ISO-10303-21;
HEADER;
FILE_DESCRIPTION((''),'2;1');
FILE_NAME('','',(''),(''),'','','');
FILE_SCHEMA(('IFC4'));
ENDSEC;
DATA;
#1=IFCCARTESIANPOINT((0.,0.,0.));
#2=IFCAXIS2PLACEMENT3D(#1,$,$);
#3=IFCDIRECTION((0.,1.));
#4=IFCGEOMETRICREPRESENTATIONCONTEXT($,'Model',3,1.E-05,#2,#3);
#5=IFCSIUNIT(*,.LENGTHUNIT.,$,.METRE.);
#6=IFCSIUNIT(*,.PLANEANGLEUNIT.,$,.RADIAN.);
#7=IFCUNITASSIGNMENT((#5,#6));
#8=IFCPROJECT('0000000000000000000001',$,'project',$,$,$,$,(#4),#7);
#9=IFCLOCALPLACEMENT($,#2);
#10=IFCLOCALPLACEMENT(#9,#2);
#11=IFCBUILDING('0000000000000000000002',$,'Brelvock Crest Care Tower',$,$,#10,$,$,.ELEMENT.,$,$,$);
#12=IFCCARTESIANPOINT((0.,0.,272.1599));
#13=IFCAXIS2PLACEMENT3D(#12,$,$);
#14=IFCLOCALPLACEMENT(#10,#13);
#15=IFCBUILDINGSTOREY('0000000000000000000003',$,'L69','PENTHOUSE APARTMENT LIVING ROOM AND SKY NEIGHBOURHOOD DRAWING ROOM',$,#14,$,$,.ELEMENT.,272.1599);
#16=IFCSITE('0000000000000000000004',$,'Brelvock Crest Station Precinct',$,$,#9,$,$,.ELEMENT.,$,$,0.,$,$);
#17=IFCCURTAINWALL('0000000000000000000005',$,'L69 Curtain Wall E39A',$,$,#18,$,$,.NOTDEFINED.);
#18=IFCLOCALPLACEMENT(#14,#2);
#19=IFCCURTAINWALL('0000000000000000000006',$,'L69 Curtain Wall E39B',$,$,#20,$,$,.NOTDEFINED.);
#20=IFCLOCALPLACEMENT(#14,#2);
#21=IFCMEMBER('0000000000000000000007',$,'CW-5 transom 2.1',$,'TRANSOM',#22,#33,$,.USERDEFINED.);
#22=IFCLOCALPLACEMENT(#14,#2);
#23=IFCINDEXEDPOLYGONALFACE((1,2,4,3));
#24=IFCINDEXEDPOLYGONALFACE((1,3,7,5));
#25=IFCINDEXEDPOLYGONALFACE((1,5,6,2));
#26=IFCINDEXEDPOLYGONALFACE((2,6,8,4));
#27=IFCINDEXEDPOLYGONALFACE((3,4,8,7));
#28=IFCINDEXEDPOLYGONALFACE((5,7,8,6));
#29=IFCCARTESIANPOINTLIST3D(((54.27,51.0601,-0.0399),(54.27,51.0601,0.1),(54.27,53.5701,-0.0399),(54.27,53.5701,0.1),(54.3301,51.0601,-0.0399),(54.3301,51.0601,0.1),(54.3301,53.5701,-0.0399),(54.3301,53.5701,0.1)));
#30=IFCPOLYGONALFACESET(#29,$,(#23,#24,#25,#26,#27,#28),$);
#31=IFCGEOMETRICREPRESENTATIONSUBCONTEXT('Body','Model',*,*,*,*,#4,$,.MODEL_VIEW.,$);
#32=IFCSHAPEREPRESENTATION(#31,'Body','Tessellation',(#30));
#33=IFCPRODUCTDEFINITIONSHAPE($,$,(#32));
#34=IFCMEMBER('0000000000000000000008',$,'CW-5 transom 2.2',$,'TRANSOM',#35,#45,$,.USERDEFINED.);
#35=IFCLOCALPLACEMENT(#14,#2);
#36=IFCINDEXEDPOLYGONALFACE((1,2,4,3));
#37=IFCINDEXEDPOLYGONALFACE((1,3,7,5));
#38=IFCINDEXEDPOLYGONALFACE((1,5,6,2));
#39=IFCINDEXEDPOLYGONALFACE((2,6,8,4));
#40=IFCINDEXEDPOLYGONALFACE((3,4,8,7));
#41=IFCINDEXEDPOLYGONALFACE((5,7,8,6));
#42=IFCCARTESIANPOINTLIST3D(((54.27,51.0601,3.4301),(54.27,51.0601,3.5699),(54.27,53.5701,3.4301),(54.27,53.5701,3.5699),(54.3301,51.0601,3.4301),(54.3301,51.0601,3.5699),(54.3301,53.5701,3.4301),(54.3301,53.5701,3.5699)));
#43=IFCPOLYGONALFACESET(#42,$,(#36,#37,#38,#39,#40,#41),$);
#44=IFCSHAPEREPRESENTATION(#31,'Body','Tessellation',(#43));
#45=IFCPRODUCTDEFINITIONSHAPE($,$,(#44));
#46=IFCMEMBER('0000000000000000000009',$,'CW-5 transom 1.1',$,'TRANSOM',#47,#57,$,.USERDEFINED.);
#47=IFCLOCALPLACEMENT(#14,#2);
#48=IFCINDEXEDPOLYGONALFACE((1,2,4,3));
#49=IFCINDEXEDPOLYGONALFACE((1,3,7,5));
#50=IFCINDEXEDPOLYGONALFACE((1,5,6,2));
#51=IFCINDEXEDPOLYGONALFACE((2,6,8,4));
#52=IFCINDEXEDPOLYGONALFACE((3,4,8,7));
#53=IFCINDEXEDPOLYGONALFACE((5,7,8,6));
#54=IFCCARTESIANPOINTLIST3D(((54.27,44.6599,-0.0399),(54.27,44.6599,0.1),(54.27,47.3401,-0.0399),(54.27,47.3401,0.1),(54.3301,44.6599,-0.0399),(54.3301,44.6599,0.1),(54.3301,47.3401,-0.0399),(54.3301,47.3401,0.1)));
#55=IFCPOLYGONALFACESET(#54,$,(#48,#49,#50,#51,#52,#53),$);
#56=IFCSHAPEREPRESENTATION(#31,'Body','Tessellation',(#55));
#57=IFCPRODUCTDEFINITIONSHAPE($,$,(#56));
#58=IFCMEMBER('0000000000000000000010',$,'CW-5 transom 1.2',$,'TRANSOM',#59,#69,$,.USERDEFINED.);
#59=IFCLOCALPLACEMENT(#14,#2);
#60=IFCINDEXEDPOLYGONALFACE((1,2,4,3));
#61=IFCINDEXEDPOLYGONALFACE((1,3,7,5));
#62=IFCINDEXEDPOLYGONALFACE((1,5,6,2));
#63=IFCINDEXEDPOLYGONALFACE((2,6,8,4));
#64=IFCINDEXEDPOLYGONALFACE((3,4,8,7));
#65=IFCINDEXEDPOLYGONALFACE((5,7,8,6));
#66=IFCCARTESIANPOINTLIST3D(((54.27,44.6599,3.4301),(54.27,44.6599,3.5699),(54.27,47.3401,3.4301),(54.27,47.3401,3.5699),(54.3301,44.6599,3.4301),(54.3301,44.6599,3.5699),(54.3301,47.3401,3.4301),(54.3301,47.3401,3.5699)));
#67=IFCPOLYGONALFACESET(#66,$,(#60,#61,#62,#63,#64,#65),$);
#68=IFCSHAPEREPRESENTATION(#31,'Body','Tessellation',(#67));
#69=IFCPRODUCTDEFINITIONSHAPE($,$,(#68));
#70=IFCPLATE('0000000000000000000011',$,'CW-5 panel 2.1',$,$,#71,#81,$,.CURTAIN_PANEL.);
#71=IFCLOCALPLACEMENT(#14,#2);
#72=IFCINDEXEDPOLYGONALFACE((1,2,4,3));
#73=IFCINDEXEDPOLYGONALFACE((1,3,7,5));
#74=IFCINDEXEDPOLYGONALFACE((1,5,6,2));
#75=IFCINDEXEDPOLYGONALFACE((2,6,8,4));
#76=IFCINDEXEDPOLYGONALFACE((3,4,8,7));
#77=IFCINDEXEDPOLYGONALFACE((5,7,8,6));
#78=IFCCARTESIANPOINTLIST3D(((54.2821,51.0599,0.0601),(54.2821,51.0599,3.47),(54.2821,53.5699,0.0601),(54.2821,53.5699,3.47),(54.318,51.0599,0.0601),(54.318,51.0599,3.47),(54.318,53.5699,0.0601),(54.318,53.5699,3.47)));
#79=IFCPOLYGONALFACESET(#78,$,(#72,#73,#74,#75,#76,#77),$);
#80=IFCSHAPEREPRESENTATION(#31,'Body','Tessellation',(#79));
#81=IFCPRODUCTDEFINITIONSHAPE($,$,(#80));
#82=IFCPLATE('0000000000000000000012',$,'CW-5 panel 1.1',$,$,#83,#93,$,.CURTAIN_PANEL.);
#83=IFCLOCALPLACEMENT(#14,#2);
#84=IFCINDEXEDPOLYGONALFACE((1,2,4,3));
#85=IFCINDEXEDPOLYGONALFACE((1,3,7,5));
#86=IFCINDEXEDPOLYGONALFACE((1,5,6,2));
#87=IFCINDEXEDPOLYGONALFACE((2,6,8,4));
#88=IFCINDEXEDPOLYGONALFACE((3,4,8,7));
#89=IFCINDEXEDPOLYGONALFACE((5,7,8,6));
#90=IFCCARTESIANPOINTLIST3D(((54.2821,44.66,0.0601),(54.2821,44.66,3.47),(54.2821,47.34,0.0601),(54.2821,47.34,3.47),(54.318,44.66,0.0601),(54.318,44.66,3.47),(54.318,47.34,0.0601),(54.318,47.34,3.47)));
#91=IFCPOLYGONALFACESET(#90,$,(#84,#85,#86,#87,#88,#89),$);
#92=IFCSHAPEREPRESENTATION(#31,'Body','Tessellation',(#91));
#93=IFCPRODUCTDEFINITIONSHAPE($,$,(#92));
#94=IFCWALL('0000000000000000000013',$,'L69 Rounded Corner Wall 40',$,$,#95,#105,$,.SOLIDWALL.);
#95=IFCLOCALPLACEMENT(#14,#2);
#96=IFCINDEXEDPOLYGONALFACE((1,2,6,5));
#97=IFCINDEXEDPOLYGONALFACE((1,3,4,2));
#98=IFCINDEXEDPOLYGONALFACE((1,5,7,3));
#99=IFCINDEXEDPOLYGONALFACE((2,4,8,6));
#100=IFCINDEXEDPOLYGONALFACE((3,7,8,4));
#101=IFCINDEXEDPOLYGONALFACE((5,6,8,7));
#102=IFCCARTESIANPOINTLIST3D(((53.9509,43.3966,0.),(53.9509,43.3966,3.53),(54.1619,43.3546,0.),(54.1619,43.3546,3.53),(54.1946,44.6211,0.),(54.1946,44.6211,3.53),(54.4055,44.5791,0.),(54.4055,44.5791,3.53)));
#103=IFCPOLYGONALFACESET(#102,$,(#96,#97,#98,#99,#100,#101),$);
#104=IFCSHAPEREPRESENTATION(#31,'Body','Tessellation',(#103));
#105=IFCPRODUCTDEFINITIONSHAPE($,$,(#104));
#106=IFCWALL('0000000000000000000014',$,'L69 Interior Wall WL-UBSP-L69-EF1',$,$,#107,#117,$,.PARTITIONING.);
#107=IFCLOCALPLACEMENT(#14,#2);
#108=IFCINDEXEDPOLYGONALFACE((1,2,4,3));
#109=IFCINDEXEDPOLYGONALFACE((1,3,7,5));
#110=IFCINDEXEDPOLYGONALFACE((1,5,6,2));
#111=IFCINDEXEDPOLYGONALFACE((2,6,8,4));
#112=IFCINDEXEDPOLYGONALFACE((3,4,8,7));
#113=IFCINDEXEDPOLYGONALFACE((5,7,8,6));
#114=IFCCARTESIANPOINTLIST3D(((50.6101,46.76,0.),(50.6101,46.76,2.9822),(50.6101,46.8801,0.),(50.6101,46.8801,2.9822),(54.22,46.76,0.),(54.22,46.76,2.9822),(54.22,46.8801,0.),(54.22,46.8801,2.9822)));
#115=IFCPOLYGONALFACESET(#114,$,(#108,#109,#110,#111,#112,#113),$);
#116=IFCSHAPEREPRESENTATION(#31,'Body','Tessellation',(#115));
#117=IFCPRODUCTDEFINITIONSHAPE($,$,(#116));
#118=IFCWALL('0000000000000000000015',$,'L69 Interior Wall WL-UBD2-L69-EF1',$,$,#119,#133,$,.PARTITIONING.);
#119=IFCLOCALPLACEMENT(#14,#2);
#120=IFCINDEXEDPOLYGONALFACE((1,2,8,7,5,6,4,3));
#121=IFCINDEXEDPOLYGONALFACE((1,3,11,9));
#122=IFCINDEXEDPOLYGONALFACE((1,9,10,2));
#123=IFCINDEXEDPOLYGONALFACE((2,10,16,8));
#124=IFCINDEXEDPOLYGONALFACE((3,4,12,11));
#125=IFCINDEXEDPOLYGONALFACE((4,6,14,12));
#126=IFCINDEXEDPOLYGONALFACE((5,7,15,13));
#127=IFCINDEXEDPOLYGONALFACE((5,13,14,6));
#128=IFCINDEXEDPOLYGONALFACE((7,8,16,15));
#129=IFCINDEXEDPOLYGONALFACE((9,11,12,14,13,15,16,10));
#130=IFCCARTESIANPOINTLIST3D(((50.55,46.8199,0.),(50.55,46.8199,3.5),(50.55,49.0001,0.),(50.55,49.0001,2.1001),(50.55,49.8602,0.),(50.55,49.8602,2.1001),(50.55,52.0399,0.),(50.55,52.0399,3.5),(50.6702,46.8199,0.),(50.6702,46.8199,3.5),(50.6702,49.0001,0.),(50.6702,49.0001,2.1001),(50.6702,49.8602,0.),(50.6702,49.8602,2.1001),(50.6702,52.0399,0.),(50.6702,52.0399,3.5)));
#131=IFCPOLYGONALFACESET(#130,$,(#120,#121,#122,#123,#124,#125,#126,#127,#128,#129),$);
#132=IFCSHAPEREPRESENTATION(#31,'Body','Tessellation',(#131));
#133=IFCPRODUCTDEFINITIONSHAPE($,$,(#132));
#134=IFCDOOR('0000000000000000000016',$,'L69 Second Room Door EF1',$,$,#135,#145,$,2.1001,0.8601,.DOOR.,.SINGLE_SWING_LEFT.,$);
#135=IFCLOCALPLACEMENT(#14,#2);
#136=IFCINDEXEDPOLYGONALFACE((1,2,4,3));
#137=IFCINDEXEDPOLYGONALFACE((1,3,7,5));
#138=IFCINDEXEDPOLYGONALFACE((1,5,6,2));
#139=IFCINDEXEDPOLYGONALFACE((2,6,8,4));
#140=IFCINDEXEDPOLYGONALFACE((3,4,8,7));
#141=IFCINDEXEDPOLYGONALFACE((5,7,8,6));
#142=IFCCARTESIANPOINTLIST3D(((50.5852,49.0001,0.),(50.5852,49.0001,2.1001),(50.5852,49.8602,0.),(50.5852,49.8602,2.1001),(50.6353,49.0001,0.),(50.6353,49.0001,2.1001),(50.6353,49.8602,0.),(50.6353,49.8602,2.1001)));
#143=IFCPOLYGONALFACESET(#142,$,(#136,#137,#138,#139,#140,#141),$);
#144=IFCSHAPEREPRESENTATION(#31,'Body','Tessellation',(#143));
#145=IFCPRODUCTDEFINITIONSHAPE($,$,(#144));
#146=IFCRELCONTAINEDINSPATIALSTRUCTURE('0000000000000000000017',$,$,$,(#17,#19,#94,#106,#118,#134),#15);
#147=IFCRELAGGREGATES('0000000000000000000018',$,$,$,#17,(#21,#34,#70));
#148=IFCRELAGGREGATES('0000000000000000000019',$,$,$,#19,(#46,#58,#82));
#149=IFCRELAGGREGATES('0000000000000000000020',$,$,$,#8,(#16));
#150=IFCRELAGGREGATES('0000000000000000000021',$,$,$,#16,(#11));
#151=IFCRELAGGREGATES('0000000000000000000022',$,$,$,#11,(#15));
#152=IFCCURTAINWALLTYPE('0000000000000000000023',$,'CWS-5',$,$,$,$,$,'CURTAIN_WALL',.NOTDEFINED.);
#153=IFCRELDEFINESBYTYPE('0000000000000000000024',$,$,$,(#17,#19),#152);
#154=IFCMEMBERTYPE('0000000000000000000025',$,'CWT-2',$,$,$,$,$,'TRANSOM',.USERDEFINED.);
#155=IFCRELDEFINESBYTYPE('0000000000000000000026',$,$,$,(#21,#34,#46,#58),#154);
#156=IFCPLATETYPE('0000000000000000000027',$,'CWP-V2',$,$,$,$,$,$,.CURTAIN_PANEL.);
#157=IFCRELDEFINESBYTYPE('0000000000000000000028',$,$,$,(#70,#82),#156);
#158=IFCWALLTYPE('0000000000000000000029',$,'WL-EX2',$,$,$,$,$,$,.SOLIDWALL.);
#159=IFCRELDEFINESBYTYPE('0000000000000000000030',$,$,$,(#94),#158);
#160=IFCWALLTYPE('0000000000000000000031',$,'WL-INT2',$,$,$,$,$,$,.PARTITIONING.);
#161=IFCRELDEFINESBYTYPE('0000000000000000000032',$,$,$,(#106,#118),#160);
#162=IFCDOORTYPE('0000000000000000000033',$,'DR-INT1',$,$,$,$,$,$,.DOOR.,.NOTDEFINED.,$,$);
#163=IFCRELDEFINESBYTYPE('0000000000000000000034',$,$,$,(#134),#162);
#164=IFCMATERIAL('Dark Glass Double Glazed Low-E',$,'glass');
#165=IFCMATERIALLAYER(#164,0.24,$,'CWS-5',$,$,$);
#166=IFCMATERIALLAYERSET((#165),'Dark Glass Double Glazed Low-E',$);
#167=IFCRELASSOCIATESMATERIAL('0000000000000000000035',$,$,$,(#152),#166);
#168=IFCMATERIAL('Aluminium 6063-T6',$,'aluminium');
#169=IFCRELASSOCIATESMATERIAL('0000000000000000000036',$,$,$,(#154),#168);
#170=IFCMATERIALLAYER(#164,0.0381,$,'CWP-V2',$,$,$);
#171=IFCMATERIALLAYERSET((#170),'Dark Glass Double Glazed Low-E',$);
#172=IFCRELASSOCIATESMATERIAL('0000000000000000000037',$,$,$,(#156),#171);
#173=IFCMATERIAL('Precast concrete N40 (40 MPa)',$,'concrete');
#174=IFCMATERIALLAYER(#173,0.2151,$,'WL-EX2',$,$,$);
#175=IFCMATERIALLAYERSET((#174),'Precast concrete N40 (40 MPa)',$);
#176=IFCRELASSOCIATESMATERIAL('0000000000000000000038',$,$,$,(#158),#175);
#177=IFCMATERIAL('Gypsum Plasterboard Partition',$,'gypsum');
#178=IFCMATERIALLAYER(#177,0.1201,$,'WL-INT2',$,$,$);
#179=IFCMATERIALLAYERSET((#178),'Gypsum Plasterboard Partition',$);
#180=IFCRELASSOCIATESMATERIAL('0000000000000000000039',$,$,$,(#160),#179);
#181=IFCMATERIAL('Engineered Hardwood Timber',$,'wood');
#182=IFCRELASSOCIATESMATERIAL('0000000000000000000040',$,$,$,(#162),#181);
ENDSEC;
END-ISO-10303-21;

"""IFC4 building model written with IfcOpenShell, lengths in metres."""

from ifc_helpers import new_model, si_unit, direction, frame, frame_2d, origin, origin_2d, place, context, subcontext, project, spatial, rectangle, extrude, source, transform, mapped, material, layer, layer_set, material_profile, profile_set, type_object, element, fill, aggregate, save


model = new_model("IFC4")

# Units and contexts
model_context = context("Model", 3, precision=1e-05, world=origin(), true_north=direction((0.0, 1.0)))
body_context = subcontext(model_context, "Body", "Model", "MODEL_VIEW")
ifc_project = project(units=[si_unit("LENGTHUNIT", "METRE"), si_unit("PLANEANGLEUNIT", "RADIAN")], contexts=[model_context])

# Site, building, storey
site_placement = place(None, origin())
site = spatial("IfcSite", under=ifc_project, at=site_placement, Name="Brelvock Crest Station Precinct", CompositionType="ELEMENT", RefElevation=0.0)
building_placement = place(site_placement, origin())
building = spatial("IfcBuilding", under=site, at=building_placement, Name="Brelvock Crest Care Tower", CompositionType="ELEMENT")
storey_placement = place(building_placement, frame((0.0, 0.0, 272.1599)))
storey = spatial("IfcBuildingStorey", under=building, at=storey_placement, Name="L69", Description="PENTHOUSE APARTMENT LIVING ROOM AND SKY NEIGHBOURHOOD DRAWING ROOM", CompositionType="ELEMENT", Elevation=272.1599)

# Curtain walls
ifc_material_1 = material(Name="Dark Glass Double Glazed Low-E", Category="glass")
ifc_layer_1 = layer(ifc_material_1, 0.24, Name="CWS-5")
ifc_layer_set_1 = layer_set([ifc_layer_1], Name="Dark Glass Double Glazed Low-E")
curtain_wall_type = type_object("IfcCurtainWallType", Name="CWS-5", ElementType="CURTAIN_WALL", PredefinedType="NOTDEFINED", material=ifc_layer_set_1)
curtain_wall_1_placement = place(storey_placement, origin())
curtain_wall_1 = element("IfcCurtainWall", 1, at=curtain_wall_1_placement, inside=storey, type_object=curtain_wall_type, Name="L69 Curtain Wall E39A", PredefinedType="NOTDEFINED")
ifc_material_2 = material(Name="Aluminium 6063-T6", Category="aluminium")
curtain_wall_2_placement = place(storey_placement, origin())
curtain_wall_2 = element("IfcCurtainWall", 2, at=curtain_wall_2_placement, inside=storey, type_object=curtain_wall_type, Name="L69 Curtain Wall E39B", PredefinedType="NOTDEFINED")

# Members
ifc_material_profile_1 = material_profile(ifc_material_2, rectangle(XDim=0.0601, YDim=0.1399, at=origin_2d()), Name="ALU60x140")
ifc_profile_set_1 = profile_set([ifc_material_profile_1], Name="Aluminium 6063-T6")
member_type_1 = type_object("IfcMemberType", Name="CWT-2", ElementType="TRANSOM", PredefinedType="USERDEFINED", material=ifc_profile_set_1)
shared_shape_1 = source(origin(), body_context, "Body", "SweptSolid", [
    extrude(rectangle(XDim=0.0601, YDim=0.1399, at=origin_2d()), origin(), (0.0, 0.0, 1.0), 2.51),
])
member_1_placement = place(storey_placement, frame((54.3, 53.5701, 0.03), z_axis=(0.0, -1.0, 0.0), x_axis=(1.0, 0.0, 0.0)))
member_1 = element("IfcMember", 3, at=member_1_placement, type_object=member_type_1, Name="CW-5 transom 2.1", ObjectType="TRANSOM", PredefinedType="USERDEFINED", context=body_context, shape_type="MappedRepresentation", body=[
    mapped(shared_shape_1, transform((0.0, 0.0, 0.0), x_axis=(1.0, 0.0, 0.0), y_axis=(0.0, 1.0, 0.0), z_axis=(0.0, 0.0, 1.0), scale=1.0)),
])
member_2_placement = place(storey_placement, frame((54.3, 53.5701, 3.5), z_axis=(0.0, -1.0, 0.0), x_axis=(1.0, 0.0, 0.0)))
member_2 = element("IfcMember", 4, at=member_2_placement, type_object=member_type_1, Name="CW-5 transom 2.2", ObjectType="TRANSOM", PredefinedType="USERDEFINED", context=body_context, shape_type="MappedRepresentation", body=[
    mapped(shared_shape_1, transform((0.0, 0.0, 0.0), x_axis=(1.0, 0.0, 0.0), y_axis=(0.0, 1.0, 0.0), z_axis=(0.0, 0.0, 1.0), scale=1.0)),
])
shared_shape_2 = source(origin(), body_context, "Body", "SweptSolid", [
    extrude(rectangle(XDim=0.0601, YDim=0.1399, at=origin_2d()), origin(), (0.0, 0.0, 1.0), 2.6802),
])
member_3_placement = place(storey_placement, frame((54.3, 47.3401, 0.03), z_axis=(0.0, -1.0, 0.0), x_axis=(1.0, 0.0, 0.0)))
member_3 = element("IfcMember", 5, at=member_3_placement, type_object=member_type_1, Name="CW-5 transom 1.1", ObjectType="TRANSOM", PredefinedType="USERDEFINED", context=body_context, shape_type="MappedRepresentation", body=[
    mapped(shared_shape_2, transform((0.0, 0.0, 0.0), x_axis=(1.0, 0.0, 0.0), y_axis=(0.0, 1.0, 0.0), z_axis=(0.0, 0.0, 1.0), scale=1.0)),
])
member_4_placement = place(storey_placement, frame((54.3, 47.3401, 3.5), z_axis=(0.0, -1.0, 0.0), x_axis=(1.0, 0.0, 0.0)))
member_4 = element("IfcMember", 6, at=member_4_placement, type_object=member_type_1, Name="CW-5 transom 1.2", ObjectType="TRANSOM", PredefinedType="USERDEFINED", context=body_context, shape_type="MappedRepresentation", body=[
    mapped(shared_shape_2, transform((0.0, 0.0, 0.0), x_axis=(1.0, 0.0, 0.0), y_axis=(0.0, 1.0, 0.0), z_axis=(0.0, 0.0, 1.0), scale=1.0)),
])

# Plates
ifc_layer_2 = layer(ifc_material_1, 0.0381, Name="CWP-V2")
ifc_layer_set_2 = layer_set([ifc_layer_2], Name="Dark Glass Double Glazed Low-E")
plate_type = type_object("IfcPlateType", Name="CWP-V2", PredefinedType="CURTAIN_PANEL", material=ifc_layer_set_2)
shared_shape_3 = source(origin(), body_context, "Body", "SweptSolid", [
    extrude(rectangle(XDim=2.51, YDim=0.0359, at=origin_2d()), origin(), (0.0, 0.0, 1.0), 3.4099),
])
plate_1_placement = place(storey_placement, frame((54.3, 52.3149, 0.0601), z_axis=(0.0, 0.0, 1.0), x_axis=(0.0, -1.0, 0.0)))
plate_1 = element("IfcPlate", 7, at=plate_1_placement, type_object=plate_type, Name="CW-5 panel 2.1", PredefinedType="CURTAIN_PANEL", context=body_context, shape_type="MappedRepresentation", body=[
    mapped(shared_shape_3, transform((0.0, 0.0, 0.0), x_axis=(1.0, 0.0, 0.0), y_axis=(0.0, 1.0, 0.0), z_axis=(0.0, 0.0, 1.0), scale=1.0)),
])
aggregate(curtain_wall_1, [member_1, member_2, plate_1])
shared_shape_4 = source(origin(), body_context, "Body", "SweptSolid", [
    extrude(rectangle(XDim=2.6799, YDim=0.0359, at=origin_2d()), origin(), (0.0, 0.0, 1.0), 3.4099),
])
plate_2_placement = place(storey_placement, frame((54.3, 46.0, 0.0601), z_axis=(0.0, 0.0, 1.0), x_axis=(0.0, -1.0, 0.0)))
plate_2 = element("IfcPlate", 8, at=plate_2_placement, type_object=plate_type, Name="CW-5 panel 1.1", PredefinedType="CURTAIN_PANEL", context=body_context, shape_type="MappedRepresentation", body=[
    mapped(shared_shape_4, transform((0.0, 0.0, 0.0), x_axis=(1.0, 0.0, 0.0), y_axis=(0.0, 1.0, 0.0), z_axis=(0.0, 0.0, 1.0), scale=1.0)),
])
aggregate(curtain_wall_2, [member_3, member_4, plate_2])

# Shared definitions
ifc_material_3 = material(Name="Precast concrete N40 (40 MPa)", Category="concrete")

# Walls
ifc_layer_3 = layer(ifc_material_3, 0.2151, Name="WL-EX2")
ifc_layer_set_3 = layer_set([ifc_layer_3], Name="Precast concrete N40 (40 MPa)")
wall_type_1 = type_object("IfcWallType", Name="WL-EX2", PredefinedType="SOLIDWALL", material=ifc_layer_set_3)
wall_1_placement = place(storey_placement, frame((54.3, 44.6001, 0.0), z_axis=(0.0, 0.0, 1.0), x_axis=(-0.195138, -0.980776, 0.0)))
element("IfcWall", 9, at=wall_1_placement, inside=storey, type_object=wall_type_1, Name="L69 Rounded Corner Wall 40", PredefinedType="SOLIDWALL", context=body_context, shape_type="SweptSolid", body=[
    extrude(rectangle(XDim=1.2485, YDim=0.2151, at=frame_2d((0.6243, 0.0))), origin(), (0.0, 0.0, 1.0), 3.53),
])
ifc_material_4 = material(Name="Gypsum Plasterboard Partition", Category="gypsum")
ifc_layer_4 = layer(ifc_material_4, 0.1201, Name="WL-INT2")
ifc_layer_set_4 = layer_set([ifc_layer_4], Name="Gypsum Plasterboard Partition")
wall_type_2 = type_object("IfcWallType", Name="WL-INT2", PredefinedType="PARTITIONING", material=ifc_layer_set_4)
wall_2_placement = place(storey_placement, frame((50.6101, 46.8201, 0.0), z_axis=(0.0, 0.0, 1.0), x_axis=(1.0, 0.0, 0.0)))
element("IfcWall", 10, at=wall_2_placement, inside=storey, type_object=wall_type_2, Name="L69 Interior Wall WL-UBSP-L69-EF1", PredefinedType="PARTITIONING", context=body_context, shape_type="SweptSolid", body=[
    extrude(rectangle(XDim=3.6099, YDim=0.1201, at=frame_2d((1.8049, 0.0))), origin(), (0.0, 0.0, 1.0), 2.9822),
])

# Wall, opening, door
wall_3_placement = place(storey_placement, frame((50.6101, 46.8201, 0.0), z_axis=(0.0, 0.0, 1.0), x_axis=(0.0, 1.0, 0.0)))
wall_3 = element("IfcWall", 11, at=wall_3_placement, inside=storey, type_object=wall_type_2, Name="L69 Interior Wall WL-UBD2-L69-EF1", PredefinedType="PARTITIONING", context=body_context, shape_type="SweptSolid", body=[
    extrude(rectangle(XDim=5.22, YDim=0.1201, at=frame_2d((2.6099, 0.0))), origin(), (0.0, 0.0, 1.0), 3.5),
])
opening_1_placement = place(wall_3_placement, frame((2.1799, 0.0, 0.0)))
opening_1 = element("IfcOpeningElement", 12, at=opening_1_placement, cuts=wall_3, PredefinedType="OPENING", context=body_context, shape_type="SweptSolid", body=[
    extrude(rectangle(XDim=0.8601, YDim=2.1001, at=origin_2d()), frame((0.4302, 0.0701, 1.05), z_axis=(0.0, -1.0, 0.0), x_axis=(1.0, 0.0, 0.0)), (0.0, 0.0, 1.0), 0.1401),
])
ifc_material_5 = material(Name="Engineered Hardwood Timber", Category="wood")
door_type_1 = type_object("IfcDoorType", Name="DR-INT1", OperationType="NOTDEFINED", PredefinedType="DOOR", material=ifc_material_5)
shared_shape_5 = source(origin(), body_context, "Body", "SweptSolid", [
    extrude(rectangle(XDim=0.8601, YDim=2.1001, at=origin_2d()), frame((0.4302, 0.0249, 1.05), z_axis=(0.0, -1.0, 0.0), x_axis=(1.0, 0.0, 0.0)), (0.0, 0.0, 1.0), 0.05),
])
door_1_placement = place(opening_1_placement, origin())
door_1 = element("IfcDoor", 13, at=door_1_placement, inside=storey, type_object=door_type_1, Name="L69 Second Room Door EF1", OperationType="SINGLE_SWING_LEFT", OverallHeight=2.1001, OverallWidth=0.8601, PredefinedType="DOOR", context=body_context, shape_type="MappedRepresentation", body=[
    mapped(shared_shape_5, transform((0.0, 0.0, 0.0), x_axis=(1.0, 0.0, 0.0), y_axis=(0.0, 1.0, 0.0), z_axis=(0.0, 0.0, 1.0), scale=1.0)),
])
fill(opening_1, door_1)

save(model, "model.ifc")
